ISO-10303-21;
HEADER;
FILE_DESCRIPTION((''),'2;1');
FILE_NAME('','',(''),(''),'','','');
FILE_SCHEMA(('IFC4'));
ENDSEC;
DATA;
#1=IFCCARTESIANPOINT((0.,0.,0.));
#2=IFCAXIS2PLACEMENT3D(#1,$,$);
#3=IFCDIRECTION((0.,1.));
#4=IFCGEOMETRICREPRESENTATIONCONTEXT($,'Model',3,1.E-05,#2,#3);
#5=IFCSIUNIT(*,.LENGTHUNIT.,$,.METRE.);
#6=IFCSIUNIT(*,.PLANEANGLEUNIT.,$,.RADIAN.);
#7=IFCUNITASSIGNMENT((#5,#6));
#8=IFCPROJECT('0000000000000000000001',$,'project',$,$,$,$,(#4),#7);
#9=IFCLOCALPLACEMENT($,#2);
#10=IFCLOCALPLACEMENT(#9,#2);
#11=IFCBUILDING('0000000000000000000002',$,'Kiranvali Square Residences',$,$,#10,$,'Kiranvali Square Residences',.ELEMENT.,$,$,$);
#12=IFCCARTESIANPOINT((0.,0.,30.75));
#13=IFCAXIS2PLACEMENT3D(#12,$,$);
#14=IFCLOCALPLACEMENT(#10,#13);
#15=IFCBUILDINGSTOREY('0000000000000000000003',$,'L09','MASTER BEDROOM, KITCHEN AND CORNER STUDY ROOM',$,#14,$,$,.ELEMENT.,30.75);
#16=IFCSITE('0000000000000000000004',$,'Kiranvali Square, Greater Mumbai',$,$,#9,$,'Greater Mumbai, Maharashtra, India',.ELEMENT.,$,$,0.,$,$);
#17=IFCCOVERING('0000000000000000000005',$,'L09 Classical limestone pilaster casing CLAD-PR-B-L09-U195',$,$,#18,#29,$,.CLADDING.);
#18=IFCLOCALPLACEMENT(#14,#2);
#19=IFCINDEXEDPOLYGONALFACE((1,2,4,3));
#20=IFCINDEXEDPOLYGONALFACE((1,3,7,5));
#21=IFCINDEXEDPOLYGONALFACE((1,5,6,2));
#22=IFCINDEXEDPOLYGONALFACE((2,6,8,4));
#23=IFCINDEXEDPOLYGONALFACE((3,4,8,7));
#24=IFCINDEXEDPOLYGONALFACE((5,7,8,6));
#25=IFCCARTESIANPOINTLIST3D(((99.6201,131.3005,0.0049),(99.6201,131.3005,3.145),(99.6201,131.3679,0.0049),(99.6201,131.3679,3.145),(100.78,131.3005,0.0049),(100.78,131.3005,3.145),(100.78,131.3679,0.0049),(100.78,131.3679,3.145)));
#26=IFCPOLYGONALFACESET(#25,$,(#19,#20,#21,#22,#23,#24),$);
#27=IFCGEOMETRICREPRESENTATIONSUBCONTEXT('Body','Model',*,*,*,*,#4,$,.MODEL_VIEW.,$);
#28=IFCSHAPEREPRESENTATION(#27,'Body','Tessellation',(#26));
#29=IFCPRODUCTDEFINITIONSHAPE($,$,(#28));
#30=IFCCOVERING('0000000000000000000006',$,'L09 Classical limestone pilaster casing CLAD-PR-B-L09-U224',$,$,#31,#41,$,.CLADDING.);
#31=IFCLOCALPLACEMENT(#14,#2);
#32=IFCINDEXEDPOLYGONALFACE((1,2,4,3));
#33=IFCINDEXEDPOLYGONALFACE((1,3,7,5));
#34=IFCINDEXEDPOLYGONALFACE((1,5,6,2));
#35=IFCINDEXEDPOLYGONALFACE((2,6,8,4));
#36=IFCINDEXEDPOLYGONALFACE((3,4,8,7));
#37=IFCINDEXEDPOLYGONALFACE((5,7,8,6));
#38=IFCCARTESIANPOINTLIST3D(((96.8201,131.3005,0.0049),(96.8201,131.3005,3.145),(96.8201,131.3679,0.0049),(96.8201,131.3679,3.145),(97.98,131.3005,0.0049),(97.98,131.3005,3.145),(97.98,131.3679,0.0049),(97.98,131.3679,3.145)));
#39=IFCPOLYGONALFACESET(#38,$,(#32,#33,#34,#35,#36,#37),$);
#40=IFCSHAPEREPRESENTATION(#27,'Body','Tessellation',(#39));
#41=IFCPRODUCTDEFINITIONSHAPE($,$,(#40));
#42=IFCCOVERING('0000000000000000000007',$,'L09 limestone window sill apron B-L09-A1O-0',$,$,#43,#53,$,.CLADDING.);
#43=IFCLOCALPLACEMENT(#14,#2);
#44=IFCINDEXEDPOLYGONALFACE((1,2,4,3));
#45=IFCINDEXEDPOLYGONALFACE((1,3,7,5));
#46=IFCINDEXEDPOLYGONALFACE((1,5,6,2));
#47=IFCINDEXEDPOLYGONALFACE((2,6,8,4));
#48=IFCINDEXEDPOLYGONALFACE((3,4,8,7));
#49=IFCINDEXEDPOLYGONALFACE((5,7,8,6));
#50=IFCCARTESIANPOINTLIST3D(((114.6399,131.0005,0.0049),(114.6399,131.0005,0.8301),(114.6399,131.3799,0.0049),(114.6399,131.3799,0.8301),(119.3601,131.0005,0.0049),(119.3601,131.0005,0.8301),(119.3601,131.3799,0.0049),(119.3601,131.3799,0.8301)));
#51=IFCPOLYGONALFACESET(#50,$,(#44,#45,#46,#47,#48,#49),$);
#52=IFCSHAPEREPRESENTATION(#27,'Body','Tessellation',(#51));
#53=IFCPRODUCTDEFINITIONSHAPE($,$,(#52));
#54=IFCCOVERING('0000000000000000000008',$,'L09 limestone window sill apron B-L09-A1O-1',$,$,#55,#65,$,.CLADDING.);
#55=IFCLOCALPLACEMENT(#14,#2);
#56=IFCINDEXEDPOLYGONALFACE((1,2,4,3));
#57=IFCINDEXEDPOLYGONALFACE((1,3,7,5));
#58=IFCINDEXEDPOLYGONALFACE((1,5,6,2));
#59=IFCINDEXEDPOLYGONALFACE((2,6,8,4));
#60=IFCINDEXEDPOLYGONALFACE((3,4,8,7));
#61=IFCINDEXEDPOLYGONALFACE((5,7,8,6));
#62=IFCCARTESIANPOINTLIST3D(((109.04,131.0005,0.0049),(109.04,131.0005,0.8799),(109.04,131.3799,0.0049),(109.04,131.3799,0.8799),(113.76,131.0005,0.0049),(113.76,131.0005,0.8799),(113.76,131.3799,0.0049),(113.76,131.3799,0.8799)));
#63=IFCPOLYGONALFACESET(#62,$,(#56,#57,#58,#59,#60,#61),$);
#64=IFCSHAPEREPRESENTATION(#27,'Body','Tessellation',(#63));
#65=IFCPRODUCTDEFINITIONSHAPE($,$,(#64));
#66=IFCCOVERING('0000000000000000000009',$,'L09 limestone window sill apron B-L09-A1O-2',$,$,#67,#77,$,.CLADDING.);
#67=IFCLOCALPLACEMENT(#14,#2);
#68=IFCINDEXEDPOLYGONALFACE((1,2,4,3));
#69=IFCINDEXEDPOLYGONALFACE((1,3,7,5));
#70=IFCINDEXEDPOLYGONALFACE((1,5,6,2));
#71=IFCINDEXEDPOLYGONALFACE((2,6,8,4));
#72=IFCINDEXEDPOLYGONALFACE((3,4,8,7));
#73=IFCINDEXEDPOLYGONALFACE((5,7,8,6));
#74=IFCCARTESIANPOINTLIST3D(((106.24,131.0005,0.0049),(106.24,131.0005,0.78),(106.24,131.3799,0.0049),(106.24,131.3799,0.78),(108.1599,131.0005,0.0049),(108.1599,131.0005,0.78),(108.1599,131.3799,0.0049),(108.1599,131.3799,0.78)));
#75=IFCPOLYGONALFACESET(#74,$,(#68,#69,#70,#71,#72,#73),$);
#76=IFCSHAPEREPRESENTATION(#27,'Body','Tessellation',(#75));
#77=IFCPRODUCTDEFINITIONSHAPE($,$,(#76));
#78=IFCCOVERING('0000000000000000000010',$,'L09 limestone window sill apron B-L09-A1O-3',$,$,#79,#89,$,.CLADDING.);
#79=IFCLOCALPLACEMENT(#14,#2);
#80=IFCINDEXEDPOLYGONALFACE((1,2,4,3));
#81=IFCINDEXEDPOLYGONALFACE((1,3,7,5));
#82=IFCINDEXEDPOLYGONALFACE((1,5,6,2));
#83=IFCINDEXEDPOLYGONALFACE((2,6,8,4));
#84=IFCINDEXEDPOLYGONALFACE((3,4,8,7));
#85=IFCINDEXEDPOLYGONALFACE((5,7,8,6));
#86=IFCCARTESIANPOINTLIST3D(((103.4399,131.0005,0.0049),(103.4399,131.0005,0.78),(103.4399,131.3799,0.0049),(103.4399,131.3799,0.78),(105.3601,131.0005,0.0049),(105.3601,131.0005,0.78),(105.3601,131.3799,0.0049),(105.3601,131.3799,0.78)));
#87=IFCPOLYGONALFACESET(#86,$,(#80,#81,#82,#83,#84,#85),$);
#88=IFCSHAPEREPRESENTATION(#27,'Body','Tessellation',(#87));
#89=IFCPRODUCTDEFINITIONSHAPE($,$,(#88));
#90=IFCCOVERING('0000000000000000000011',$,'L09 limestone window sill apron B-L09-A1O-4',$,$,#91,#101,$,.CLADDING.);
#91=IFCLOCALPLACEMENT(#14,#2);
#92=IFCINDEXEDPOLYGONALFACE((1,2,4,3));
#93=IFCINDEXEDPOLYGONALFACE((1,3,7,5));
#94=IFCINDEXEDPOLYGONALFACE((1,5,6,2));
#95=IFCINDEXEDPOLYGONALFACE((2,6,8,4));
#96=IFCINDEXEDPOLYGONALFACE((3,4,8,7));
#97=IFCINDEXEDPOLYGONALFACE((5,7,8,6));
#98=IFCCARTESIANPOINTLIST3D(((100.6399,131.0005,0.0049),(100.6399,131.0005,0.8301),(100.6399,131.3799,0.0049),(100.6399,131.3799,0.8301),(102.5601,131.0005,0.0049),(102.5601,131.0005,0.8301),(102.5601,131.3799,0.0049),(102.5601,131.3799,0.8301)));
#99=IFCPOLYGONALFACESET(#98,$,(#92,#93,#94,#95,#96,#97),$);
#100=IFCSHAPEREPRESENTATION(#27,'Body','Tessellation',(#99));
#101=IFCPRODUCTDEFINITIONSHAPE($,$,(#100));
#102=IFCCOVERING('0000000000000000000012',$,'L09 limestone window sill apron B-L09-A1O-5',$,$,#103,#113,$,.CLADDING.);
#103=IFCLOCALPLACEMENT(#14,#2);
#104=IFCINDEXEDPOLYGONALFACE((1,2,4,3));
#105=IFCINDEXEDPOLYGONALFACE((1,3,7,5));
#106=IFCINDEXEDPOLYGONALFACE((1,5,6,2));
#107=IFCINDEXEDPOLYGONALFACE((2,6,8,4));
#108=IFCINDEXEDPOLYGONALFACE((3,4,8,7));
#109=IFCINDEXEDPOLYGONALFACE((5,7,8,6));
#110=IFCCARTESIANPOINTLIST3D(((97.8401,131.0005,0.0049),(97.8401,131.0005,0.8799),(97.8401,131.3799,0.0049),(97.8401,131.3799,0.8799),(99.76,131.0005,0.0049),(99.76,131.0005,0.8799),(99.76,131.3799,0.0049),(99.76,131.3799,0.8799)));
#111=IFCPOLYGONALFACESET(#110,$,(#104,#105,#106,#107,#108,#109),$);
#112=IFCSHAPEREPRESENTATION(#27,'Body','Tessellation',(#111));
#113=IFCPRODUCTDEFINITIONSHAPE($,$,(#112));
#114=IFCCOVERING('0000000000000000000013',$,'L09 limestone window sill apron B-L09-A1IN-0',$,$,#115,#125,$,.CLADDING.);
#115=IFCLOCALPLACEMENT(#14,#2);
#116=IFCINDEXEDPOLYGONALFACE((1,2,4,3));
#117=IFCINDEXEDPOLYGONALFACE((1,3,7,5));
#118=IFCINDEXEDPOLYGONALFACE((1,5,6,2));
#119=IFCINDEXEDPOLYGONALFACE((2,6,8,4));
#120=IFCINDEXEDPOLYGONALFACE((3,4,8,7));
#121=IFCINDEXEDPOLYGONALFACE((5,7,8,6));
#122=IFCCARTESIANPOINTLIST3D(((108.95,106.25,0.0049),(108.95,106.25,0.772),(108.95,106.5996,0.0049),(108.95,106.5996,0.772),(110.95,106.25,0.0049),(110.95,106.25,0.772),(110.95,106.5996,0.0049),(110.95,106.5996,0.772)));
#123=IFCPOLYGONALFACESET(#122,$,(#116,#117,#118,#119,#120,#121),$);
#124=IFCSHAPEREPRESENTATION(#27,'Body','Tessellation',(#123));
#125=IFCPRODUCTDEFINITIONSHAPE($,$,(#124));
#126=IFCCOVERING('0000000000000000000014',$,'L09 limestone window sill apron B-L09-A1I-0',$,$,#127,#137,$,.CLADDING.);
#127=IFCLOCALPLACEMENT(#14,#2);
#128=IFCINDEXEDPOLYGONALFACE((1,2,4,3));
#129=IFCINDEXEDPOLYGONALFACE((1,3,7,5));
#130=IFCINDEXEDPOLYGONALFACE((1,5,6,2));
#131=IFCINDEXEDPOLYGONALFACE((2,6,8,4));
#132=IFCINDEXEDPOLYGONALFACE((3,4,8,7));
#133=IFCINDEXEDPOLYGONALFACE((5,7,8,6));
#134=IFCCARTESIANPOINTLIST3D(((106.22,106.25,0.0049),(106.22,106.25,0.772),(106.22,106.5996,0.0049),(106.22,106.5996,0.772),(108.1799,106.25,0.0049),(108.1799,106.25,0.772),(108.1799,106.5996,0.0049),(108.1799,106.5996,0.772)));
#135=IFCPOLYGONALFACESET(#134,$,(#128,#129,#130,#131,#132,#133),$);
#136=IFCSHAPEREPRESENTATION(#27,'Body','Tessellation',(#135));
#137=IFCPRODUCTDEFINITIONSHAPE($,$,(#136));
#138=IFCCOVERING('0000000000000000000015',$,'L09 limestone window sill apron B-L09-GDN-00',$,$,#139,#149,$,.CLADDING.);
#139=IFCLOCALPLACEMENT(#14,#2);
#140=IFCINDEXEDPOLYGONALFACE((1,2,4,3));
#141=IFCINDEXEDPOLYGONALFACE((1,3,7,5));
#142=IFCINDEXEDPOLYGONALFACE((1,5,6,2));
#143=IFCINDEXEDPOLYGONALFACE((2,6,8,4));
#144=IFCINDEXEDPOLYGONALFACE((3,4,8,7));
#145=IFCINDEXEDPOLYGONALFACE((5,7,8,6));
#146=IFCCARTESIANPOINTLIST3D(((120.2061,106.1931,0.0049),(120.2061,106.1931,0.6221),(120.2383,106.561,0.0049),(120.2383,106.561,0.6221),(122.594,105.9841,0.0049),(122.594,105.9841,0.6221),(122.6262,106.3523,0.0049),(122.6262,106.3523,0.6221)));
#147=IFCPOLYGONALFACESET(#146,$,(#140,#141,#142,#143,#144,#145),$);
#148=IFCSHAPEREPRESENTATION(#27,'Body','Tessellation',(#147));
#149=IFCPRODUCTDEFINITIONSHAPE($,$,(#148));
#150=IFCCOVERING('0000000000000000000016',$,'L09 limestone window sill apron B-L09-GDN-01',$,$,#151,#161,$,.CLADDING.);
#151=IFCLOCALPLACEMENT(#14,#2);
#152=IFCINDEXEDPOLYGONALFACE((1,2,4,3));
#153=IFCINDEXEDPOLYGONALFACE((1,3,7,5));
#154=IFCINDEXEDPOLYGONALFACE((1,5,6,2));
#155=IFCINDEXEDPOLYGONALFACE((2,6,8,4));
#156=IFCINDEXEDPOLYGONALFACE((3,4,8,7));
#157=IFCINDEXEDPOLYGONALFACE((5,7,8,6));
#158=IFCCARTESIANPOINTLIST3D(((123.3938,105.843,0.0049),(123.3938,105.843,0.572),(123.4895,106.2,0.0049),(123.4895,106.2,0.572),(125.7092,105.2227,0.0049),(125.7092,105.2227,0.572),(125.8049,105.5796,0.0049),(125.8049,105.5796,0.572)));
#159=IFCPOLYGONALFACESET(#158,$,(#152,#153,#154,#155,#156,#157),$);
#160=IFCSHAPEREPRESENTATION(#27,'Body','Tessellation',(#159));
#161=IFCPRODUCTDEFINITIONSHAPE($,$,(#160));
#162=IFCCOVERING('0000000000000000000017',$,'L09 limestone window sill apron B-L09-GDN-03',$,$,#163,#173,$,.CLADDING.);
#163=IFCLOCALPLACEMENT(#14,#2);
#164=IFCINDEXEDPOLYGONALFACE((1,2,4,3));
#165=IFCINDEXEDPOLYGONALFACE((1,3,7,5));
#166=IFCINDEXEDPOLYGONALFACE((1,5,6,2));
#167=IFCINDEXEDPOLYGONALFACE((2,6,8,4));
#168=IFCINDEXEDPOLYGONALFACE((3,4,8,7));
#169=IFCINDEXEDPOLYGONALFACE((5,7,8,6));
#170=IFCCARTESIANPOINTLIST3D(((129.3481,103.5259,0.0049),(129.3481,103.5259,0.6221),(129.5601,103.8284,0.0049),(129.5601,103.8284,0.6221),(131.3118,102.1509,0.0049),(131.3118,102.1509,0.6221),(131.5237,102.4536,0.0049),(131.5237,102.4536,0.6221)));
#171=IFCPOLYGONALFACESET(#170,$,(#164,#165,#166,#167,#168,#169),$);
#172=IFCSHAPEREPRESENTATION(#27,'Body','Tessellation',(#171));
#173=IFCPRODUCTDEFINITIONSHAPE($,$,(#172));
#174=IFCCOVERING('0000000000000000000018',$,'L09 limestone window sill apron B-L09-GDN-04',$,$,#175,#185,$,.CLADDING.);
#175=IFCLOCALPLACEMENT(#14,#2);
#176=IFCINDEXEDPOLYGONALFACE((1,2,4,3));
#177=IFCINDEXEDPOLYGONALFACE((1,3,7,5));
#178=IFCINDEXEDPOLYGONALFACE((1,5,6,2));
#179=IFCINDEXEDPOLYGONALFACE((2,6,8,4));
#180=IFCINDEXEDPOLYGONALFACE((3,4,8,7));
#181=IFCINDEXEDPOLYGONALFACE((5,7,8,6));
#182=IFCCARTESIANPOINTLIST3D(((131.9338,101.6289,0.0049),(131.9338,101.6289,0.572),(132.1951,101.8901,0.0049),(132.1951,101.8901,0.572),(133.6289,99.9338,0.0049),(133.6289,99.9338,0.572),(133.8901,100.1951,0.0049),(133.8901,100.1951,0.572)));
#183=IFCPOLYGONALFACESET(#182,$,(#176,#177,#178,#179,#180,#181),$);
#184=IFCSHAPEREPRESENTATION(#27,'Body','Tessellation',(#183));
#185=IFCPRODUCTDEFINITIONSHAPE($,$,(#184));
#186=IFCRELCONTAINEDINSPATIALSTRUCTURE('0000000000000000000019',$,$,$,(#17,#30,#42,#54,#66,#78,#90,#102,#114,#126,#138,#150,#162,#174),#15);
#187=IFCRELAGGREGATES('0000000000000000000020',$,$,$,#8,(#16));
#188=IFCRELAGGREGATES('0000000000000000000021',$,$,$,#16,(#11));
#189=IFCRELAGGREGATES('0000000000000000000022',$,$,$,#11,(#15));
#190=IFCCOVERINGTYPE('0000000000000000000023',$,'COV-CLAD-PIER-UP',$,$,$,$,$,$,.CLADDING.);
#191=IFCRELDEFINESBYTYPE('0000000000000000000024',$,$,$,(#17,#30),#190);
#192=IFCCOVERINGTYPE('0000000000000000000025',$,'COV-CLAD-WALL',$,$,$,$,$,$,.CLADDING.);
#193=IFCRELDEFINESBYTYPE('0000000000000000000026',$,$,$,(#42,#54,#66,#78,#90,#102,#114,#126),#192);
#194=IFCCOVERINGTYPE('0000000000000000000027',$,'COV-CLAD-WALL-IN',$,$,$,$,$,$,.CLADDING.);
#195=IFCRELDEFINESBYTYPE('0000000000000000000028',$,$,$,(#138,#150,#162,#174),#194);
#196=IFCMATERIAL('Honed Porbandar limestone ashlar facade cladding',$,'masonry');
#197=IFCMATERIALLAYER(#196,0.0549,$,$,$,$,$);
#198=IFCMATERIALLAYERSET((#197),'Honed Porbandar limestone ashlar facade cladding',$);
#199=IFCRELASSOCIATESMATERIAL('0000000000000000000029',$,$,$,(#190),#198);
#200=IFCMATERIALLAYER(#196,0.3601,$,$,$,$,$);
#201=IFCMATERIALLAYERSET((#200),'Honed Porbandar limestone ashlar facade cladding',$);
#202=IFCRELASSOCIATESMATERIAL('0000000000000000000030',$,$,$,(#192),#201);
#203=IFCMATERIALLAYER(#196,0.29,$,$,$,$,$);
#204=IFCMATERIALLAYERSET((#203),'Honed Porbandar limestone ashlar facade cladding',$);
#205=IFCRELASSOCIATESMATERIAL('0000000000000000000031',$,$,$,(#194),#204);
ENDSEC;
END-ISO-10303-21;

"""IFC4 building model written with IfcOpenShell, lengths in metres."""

from ifc_helpers import new_model, si_unit, direction, frame, origin, place, context, subcontext, project, spatial, polyline, outline, extrude, material, layer, layer_set, type_object, element, save


model = new_model("IFC4")

# Units and contexts
model_context = context("Model", 3, precision=1e-05, world=origin(), true_north=direction((0.0, 1.0)))
body_context = subcontext(model_context, "Body", "Model", "MODEL_VIEW")
ifc_project = project(units=[si_unit("LENGTHUNIT", "METRE"), si_unit("PLANEANGLEUNIT", "RADIAN")], contexts=[model_context])

# Site, building, storey
site_placement = place(None, origin())
site = spatial("IfcSite", under=ifc_project, at=site_placement, Name="Kiranvali Square, Greater Mumbai", LongName="Greater Mumbai, Maharashtra, India", CompositionType="ELEMENT", RefElevation=0.0)
building_placement = place(site_placement, origin())
building = spatial("IfcBuilding", under=site, at=building_placement, Name="Kiranvali Square Residences", LongName="Kiranvali Square Residences", CompositionType="ELEMENT")
storey_placement = place(building_placement, frame((0.0, 0.0, 30.75)))
storey = spatial("IfcBuildingStorey", under=building, at=storey_placement, Name="L09", Description="MASTER BEDROOM, KITCHEN AND CORNER STUDY ROOM", CompositionType="ELEMENT", Elevation=30.75)

# Coverings
ifc_material = material(Name="Honed Porbandar limestone ashlar facade cladding", Category="masonry")
ifc_layer_1 = layer(ifc_material, 0.0549)
ifc_layer_set_1 = layer_set([ifc_layer_1], Name="Honed Porbandar limestone ashlar facade cladding")
covering_type_1 = type_object("IfcCoveringType", Name="COV-CLAD-PIER-UP", PredefinedType="CLADDING", material=ifc_layer_set_1)
covering_1_placement = place(storey_placement, frame((0.0, 0.0, 0.0049)))
element("IfcCovering", 1, at=covering_1_placement, inside=storey, type_object=covering_type_1, Name="L09 Classical limestone pilaster casing CLAD-PR-B-L09-U195", PredefinedType="CLADDING", context=body_context, shape_type="SweptSolid", body=[
    extrude(outline(polyline([(100.78, 131.3679), (99.6201, 131.3679), (99.6201, 131.3005), (100.78, 131.3005), (100.78, 131.3679)])), origin(), (0.0, 0.0, 1.0), 3.1401),
])
covering_2_placement = place(storey_placement, frame((0.0, 0.0, 0.0049)))
element("IfcCovering", 2, at=covering_2_placement, inside=storey, type_object=covering_type_1, Name="L09 Classical limestone pilaster casing CLAD-PR-B-L09-U224", PredefinedType="CLADDING", context=body_context, shape_type="SweptSolid", body=[
    extrude(outline(polyline([(97.98, 131.3679), (96.8201, 131.3679), (96.8201, 131.3005), (97.98, 131.3005), (97.98, 131.3679)])), origin(), (0.0, 0.0, 1.0), 3.1401),
])
ifc_layer_2 = layer(ifc_material, 0.3601)
ifc_layer_set_2 = layer_set([ifc_layer_2], Name="Honed Porbandar limestone ashlar facade cladding")
covering_type_2 = type_object("IfcCoveringType", Name="COV-CLAD-WALL", PredefinedType="CLADDING", material=ifc_layer_set_2)
covering_3_placement = place(storey_placement, frame((0.0, 0.0, 0.0049)))
element("IfcCovering", 3, at=covering_3_placement, inside=storey, type_object=covering_type_2, Name="L09 limestone window sill apron B-L09-A1O-0", PredefinedType="CLADDING", context=body_context, shape_type="SweptSolid", body=[
    extrude(outline(polyline([(119.3601, 131.3799), (114.6399, 131.3799), (114.6399, 131.0005), (119.3601, 131.0005), (119.3601, 131.3799)])), origin(), (0.0, 0.0, 1.0), 0.8252),
])
covering_4_placement = place(storey_placement, frame((0.0, 0.0, 0.0049)))
element("IfcCovering", 4, at=covering_4_placement, inside=storey, type_object=covering_type_2, Name="L09 limestone window sill apron B-L09-A1O-1", PredefinedType="CLADDING", context=body_context, shape_type="SweptSolid", body=[
    extrude(outline(polyline([(113.76, 131.3799), (109.04, 131.3799), (109.04, 131.0005), (113.76, 131.0005), (113.76, 131.3799)])), origin(), (0.0, 0.0, 1.0), 0.875),
])
covering_5_placement = place(storey_placement, frame((0.0, 0.0, 0.0049)))
element("IfcCovering", 5, at=covering_5_placement, inside=storey, type_object=covering_type_2, Name="L09 limestone window sill apron B-L09-A1O-2", PredefinedType="CLADDING", context=body_context, shape_type="SweptSolid", body=[
    extrude(outline(polyline([(108.1599, 131.3799), (106.24, 131.3799), (106.24, 131.0005), (108.1599, 131.0005), (108.1599, 131.3799)])), origin(), (0.0, 0.0, 1.0), 0.7751),
])
covering_6_placement = place(storey_placement, frame((0.0, 0.0, 0.0049)))
element("IfcCovering", 6, at=covering_6_placement, inside=storey, type_object=covering_type_2, Name="L09 limestone window sill apron B-L09-A1O-3", PredefinedType="CLADDING", context=body_context, shape_type="SweptSolid", body=[
    extrude(outline(polyline([(105.3601, 131.3799), (103.4399, 131.3799), (103.4399, 131.0005), (105.3601, 131.0005), (105.3601, 131.3799)])), origin(), (0.0, 0.0, 1.0), 0.7751),
])
covering_7_placement = place(storey_placement, frame((0.0, 0.0, 0.0049)))
element("IfcCovering", 7, at=covering_7_placement, inside=storey, type_object=covering_type_2, Name="L09 limestone window sill apron B-L09-A1O-4", PredefinedType="CLADDING", context=body_context, shape_type="SweptSolid", body=[
    extrude(outline(polyline([(102.5601, 131.3799), (100.6399, 131.3799), (100.6399, 131.0005), (102.5601, 131.0005), (102.5601, 131.3799)])), origin(), (0.0, 0.0, 1.0), 0.8252),
])
covering_8_placement = place(storey_placement, frame((0.0, 0.0, 0.0049)))
element("IfcCovering", 8, at=covering_8_placement, inside=storey, type_object=covering_type_2, Name="L09 limestone window sill apron B-L09-A1O-5", PredefinedType="CLADDING", context=body_context, shape_type="SweptSolid", body=[
    extrude(outline(polyline([(99.76, 131.3799), (97.8401, 131.3799), (97.8401, 131.0005), (99.76, 131.0005), (99.76, 131.3799)])), origin(), (0.0, 0.0, 1.0), 0.875),
])
covering_9_placement = place(storey_placement, frame((0.0, 0.0, 0.0049)))
element("IfcCovering", 9, at=covering_9_placement, inside=storey, type_object=covering_type_2, Name="L09 limestone window sill apron B-L09-A1IN-0", PredefinedType="CLADDING", context=body_context, shape_type="SweptSolid", body=[
    extrude(outline(polyline([(110.95, 106.5996), (108.95, 106.5996), (108.95, 106.25), (110.95, 106.25), (110.95, 106.5996)])), origin(), (0.0, 0.0, 1.0), 0.7671),
])
covering_10_placement = place(storey_placement, frame((0.0, 0.0, 0.0049)))
element("IfcCovering", 10, at=covering_10_placement, inside=storey, type_object=covering_type_2, Name="L09 limestone window sill apron B-L09-A1I-0", PredefinedType="CLADDING", context=body_context, shape_type="SweptSolid", body=[
    extrude(outline(polyline([(108.1799, 106.5996), (106.22, 106.5996), (106.22, 106.25), (108.1799, 106.25), (108.1799, 106.5996)])), origin(), (0.0, 0.0, 1.0), 0.7671),
])
ifc_layer_3 = layer(ifc_material, 0.29)
ifc_layer_set_3 = layer_set([ifc_layer_3], Name="Honed Porbandar limestone ashlar facade cladding")
covering_type_3 = type_object("IfcCoveringType", Name="COV-CLAD-WALL-IN", PredefinedType="CLADDING", material=ifc_layer_set_3)
covering_11_placement = place(storey_placement, frame((0.0, 0.0, 0.0049)))
element("IfcCovering", 11, at=covering_11_placement, inside=storey, type_object=covering_type_3, Name="L09 limestone window sill apron B-L09-GDN-00", PredefinedType="CLADDING", context=body_context, shape_type="SweptSolid", body=[
    extrude(outline(polyline([(120.2061, 106.1931), (122.594, 105.9841), (122.6262, 106.3523), (120.2383, 106.561), (120.2061, 106.1931)])), origin(), (0.0, 0.0, 1.0), 0.6172),
])
covering_12_placement = place(storey_placement, frame((0.0, 0.0, 0.0049)))
element("IfcCovering", 12, at=covering_12_placement, inside=storey, type_object=covering_type_3, Name="L09 limestone window sill apron B-L09-GDN-01", PredefinedType="CLADDING", context=body_context, shape_type="SweptSolid", body=[
    extrude(outline(polyline([(123.3938, 105.843), (125.7092, 105.2227), (125.8049, 105.5796), (123.4895, 106.2), (123.3938, 105.843)])), origin(), (0.0, 0.0, 1.0), 0.5671),
])
covering_13_placement = place(storey_placement, frame((0.0, 0.0, 0.0049)))
element("IfcCovering", 13, at=covering_13_placement, inside=storey, type_object=covering_type_3, Name="L09 limestone window sill apron B-L09-GDN-03", PredefinedType="CLADDING", context=body_context, shape_type="SweptSolid", body=[
    extrude(outline(polyline([(129.3481, 103.5259), (131.3118, 102.1509), (131.5237, 102.4536), (129.5601, 103.8284), (129.3481, 103.5259)])), origin(), (0.0, 0.0, 1.0), 0.6172),
])
covering_14_placement = place(storey_placement, frame((0.0, 0.0, 0.0049)))
element("IfcCovering", 14, at=covering_14_placement, inside=storey, type_object=covering_type_3, Name="L09 limestone window sill apron B-L09-GDN-04", PredefinedType="CLADDING", context=body_context, shape_type="SweptSolid", body=[
    extrude(outline(polyline([(131.9338, 101.6289), (133.6289, 99.9338), (133.8901, 100.1951), (132.1951, 101.8901), (131.9338, 101.6289)])), origin(), (0.0, 0.0, 1.0), 0.5671),
])

save(model, "model.ifc")
